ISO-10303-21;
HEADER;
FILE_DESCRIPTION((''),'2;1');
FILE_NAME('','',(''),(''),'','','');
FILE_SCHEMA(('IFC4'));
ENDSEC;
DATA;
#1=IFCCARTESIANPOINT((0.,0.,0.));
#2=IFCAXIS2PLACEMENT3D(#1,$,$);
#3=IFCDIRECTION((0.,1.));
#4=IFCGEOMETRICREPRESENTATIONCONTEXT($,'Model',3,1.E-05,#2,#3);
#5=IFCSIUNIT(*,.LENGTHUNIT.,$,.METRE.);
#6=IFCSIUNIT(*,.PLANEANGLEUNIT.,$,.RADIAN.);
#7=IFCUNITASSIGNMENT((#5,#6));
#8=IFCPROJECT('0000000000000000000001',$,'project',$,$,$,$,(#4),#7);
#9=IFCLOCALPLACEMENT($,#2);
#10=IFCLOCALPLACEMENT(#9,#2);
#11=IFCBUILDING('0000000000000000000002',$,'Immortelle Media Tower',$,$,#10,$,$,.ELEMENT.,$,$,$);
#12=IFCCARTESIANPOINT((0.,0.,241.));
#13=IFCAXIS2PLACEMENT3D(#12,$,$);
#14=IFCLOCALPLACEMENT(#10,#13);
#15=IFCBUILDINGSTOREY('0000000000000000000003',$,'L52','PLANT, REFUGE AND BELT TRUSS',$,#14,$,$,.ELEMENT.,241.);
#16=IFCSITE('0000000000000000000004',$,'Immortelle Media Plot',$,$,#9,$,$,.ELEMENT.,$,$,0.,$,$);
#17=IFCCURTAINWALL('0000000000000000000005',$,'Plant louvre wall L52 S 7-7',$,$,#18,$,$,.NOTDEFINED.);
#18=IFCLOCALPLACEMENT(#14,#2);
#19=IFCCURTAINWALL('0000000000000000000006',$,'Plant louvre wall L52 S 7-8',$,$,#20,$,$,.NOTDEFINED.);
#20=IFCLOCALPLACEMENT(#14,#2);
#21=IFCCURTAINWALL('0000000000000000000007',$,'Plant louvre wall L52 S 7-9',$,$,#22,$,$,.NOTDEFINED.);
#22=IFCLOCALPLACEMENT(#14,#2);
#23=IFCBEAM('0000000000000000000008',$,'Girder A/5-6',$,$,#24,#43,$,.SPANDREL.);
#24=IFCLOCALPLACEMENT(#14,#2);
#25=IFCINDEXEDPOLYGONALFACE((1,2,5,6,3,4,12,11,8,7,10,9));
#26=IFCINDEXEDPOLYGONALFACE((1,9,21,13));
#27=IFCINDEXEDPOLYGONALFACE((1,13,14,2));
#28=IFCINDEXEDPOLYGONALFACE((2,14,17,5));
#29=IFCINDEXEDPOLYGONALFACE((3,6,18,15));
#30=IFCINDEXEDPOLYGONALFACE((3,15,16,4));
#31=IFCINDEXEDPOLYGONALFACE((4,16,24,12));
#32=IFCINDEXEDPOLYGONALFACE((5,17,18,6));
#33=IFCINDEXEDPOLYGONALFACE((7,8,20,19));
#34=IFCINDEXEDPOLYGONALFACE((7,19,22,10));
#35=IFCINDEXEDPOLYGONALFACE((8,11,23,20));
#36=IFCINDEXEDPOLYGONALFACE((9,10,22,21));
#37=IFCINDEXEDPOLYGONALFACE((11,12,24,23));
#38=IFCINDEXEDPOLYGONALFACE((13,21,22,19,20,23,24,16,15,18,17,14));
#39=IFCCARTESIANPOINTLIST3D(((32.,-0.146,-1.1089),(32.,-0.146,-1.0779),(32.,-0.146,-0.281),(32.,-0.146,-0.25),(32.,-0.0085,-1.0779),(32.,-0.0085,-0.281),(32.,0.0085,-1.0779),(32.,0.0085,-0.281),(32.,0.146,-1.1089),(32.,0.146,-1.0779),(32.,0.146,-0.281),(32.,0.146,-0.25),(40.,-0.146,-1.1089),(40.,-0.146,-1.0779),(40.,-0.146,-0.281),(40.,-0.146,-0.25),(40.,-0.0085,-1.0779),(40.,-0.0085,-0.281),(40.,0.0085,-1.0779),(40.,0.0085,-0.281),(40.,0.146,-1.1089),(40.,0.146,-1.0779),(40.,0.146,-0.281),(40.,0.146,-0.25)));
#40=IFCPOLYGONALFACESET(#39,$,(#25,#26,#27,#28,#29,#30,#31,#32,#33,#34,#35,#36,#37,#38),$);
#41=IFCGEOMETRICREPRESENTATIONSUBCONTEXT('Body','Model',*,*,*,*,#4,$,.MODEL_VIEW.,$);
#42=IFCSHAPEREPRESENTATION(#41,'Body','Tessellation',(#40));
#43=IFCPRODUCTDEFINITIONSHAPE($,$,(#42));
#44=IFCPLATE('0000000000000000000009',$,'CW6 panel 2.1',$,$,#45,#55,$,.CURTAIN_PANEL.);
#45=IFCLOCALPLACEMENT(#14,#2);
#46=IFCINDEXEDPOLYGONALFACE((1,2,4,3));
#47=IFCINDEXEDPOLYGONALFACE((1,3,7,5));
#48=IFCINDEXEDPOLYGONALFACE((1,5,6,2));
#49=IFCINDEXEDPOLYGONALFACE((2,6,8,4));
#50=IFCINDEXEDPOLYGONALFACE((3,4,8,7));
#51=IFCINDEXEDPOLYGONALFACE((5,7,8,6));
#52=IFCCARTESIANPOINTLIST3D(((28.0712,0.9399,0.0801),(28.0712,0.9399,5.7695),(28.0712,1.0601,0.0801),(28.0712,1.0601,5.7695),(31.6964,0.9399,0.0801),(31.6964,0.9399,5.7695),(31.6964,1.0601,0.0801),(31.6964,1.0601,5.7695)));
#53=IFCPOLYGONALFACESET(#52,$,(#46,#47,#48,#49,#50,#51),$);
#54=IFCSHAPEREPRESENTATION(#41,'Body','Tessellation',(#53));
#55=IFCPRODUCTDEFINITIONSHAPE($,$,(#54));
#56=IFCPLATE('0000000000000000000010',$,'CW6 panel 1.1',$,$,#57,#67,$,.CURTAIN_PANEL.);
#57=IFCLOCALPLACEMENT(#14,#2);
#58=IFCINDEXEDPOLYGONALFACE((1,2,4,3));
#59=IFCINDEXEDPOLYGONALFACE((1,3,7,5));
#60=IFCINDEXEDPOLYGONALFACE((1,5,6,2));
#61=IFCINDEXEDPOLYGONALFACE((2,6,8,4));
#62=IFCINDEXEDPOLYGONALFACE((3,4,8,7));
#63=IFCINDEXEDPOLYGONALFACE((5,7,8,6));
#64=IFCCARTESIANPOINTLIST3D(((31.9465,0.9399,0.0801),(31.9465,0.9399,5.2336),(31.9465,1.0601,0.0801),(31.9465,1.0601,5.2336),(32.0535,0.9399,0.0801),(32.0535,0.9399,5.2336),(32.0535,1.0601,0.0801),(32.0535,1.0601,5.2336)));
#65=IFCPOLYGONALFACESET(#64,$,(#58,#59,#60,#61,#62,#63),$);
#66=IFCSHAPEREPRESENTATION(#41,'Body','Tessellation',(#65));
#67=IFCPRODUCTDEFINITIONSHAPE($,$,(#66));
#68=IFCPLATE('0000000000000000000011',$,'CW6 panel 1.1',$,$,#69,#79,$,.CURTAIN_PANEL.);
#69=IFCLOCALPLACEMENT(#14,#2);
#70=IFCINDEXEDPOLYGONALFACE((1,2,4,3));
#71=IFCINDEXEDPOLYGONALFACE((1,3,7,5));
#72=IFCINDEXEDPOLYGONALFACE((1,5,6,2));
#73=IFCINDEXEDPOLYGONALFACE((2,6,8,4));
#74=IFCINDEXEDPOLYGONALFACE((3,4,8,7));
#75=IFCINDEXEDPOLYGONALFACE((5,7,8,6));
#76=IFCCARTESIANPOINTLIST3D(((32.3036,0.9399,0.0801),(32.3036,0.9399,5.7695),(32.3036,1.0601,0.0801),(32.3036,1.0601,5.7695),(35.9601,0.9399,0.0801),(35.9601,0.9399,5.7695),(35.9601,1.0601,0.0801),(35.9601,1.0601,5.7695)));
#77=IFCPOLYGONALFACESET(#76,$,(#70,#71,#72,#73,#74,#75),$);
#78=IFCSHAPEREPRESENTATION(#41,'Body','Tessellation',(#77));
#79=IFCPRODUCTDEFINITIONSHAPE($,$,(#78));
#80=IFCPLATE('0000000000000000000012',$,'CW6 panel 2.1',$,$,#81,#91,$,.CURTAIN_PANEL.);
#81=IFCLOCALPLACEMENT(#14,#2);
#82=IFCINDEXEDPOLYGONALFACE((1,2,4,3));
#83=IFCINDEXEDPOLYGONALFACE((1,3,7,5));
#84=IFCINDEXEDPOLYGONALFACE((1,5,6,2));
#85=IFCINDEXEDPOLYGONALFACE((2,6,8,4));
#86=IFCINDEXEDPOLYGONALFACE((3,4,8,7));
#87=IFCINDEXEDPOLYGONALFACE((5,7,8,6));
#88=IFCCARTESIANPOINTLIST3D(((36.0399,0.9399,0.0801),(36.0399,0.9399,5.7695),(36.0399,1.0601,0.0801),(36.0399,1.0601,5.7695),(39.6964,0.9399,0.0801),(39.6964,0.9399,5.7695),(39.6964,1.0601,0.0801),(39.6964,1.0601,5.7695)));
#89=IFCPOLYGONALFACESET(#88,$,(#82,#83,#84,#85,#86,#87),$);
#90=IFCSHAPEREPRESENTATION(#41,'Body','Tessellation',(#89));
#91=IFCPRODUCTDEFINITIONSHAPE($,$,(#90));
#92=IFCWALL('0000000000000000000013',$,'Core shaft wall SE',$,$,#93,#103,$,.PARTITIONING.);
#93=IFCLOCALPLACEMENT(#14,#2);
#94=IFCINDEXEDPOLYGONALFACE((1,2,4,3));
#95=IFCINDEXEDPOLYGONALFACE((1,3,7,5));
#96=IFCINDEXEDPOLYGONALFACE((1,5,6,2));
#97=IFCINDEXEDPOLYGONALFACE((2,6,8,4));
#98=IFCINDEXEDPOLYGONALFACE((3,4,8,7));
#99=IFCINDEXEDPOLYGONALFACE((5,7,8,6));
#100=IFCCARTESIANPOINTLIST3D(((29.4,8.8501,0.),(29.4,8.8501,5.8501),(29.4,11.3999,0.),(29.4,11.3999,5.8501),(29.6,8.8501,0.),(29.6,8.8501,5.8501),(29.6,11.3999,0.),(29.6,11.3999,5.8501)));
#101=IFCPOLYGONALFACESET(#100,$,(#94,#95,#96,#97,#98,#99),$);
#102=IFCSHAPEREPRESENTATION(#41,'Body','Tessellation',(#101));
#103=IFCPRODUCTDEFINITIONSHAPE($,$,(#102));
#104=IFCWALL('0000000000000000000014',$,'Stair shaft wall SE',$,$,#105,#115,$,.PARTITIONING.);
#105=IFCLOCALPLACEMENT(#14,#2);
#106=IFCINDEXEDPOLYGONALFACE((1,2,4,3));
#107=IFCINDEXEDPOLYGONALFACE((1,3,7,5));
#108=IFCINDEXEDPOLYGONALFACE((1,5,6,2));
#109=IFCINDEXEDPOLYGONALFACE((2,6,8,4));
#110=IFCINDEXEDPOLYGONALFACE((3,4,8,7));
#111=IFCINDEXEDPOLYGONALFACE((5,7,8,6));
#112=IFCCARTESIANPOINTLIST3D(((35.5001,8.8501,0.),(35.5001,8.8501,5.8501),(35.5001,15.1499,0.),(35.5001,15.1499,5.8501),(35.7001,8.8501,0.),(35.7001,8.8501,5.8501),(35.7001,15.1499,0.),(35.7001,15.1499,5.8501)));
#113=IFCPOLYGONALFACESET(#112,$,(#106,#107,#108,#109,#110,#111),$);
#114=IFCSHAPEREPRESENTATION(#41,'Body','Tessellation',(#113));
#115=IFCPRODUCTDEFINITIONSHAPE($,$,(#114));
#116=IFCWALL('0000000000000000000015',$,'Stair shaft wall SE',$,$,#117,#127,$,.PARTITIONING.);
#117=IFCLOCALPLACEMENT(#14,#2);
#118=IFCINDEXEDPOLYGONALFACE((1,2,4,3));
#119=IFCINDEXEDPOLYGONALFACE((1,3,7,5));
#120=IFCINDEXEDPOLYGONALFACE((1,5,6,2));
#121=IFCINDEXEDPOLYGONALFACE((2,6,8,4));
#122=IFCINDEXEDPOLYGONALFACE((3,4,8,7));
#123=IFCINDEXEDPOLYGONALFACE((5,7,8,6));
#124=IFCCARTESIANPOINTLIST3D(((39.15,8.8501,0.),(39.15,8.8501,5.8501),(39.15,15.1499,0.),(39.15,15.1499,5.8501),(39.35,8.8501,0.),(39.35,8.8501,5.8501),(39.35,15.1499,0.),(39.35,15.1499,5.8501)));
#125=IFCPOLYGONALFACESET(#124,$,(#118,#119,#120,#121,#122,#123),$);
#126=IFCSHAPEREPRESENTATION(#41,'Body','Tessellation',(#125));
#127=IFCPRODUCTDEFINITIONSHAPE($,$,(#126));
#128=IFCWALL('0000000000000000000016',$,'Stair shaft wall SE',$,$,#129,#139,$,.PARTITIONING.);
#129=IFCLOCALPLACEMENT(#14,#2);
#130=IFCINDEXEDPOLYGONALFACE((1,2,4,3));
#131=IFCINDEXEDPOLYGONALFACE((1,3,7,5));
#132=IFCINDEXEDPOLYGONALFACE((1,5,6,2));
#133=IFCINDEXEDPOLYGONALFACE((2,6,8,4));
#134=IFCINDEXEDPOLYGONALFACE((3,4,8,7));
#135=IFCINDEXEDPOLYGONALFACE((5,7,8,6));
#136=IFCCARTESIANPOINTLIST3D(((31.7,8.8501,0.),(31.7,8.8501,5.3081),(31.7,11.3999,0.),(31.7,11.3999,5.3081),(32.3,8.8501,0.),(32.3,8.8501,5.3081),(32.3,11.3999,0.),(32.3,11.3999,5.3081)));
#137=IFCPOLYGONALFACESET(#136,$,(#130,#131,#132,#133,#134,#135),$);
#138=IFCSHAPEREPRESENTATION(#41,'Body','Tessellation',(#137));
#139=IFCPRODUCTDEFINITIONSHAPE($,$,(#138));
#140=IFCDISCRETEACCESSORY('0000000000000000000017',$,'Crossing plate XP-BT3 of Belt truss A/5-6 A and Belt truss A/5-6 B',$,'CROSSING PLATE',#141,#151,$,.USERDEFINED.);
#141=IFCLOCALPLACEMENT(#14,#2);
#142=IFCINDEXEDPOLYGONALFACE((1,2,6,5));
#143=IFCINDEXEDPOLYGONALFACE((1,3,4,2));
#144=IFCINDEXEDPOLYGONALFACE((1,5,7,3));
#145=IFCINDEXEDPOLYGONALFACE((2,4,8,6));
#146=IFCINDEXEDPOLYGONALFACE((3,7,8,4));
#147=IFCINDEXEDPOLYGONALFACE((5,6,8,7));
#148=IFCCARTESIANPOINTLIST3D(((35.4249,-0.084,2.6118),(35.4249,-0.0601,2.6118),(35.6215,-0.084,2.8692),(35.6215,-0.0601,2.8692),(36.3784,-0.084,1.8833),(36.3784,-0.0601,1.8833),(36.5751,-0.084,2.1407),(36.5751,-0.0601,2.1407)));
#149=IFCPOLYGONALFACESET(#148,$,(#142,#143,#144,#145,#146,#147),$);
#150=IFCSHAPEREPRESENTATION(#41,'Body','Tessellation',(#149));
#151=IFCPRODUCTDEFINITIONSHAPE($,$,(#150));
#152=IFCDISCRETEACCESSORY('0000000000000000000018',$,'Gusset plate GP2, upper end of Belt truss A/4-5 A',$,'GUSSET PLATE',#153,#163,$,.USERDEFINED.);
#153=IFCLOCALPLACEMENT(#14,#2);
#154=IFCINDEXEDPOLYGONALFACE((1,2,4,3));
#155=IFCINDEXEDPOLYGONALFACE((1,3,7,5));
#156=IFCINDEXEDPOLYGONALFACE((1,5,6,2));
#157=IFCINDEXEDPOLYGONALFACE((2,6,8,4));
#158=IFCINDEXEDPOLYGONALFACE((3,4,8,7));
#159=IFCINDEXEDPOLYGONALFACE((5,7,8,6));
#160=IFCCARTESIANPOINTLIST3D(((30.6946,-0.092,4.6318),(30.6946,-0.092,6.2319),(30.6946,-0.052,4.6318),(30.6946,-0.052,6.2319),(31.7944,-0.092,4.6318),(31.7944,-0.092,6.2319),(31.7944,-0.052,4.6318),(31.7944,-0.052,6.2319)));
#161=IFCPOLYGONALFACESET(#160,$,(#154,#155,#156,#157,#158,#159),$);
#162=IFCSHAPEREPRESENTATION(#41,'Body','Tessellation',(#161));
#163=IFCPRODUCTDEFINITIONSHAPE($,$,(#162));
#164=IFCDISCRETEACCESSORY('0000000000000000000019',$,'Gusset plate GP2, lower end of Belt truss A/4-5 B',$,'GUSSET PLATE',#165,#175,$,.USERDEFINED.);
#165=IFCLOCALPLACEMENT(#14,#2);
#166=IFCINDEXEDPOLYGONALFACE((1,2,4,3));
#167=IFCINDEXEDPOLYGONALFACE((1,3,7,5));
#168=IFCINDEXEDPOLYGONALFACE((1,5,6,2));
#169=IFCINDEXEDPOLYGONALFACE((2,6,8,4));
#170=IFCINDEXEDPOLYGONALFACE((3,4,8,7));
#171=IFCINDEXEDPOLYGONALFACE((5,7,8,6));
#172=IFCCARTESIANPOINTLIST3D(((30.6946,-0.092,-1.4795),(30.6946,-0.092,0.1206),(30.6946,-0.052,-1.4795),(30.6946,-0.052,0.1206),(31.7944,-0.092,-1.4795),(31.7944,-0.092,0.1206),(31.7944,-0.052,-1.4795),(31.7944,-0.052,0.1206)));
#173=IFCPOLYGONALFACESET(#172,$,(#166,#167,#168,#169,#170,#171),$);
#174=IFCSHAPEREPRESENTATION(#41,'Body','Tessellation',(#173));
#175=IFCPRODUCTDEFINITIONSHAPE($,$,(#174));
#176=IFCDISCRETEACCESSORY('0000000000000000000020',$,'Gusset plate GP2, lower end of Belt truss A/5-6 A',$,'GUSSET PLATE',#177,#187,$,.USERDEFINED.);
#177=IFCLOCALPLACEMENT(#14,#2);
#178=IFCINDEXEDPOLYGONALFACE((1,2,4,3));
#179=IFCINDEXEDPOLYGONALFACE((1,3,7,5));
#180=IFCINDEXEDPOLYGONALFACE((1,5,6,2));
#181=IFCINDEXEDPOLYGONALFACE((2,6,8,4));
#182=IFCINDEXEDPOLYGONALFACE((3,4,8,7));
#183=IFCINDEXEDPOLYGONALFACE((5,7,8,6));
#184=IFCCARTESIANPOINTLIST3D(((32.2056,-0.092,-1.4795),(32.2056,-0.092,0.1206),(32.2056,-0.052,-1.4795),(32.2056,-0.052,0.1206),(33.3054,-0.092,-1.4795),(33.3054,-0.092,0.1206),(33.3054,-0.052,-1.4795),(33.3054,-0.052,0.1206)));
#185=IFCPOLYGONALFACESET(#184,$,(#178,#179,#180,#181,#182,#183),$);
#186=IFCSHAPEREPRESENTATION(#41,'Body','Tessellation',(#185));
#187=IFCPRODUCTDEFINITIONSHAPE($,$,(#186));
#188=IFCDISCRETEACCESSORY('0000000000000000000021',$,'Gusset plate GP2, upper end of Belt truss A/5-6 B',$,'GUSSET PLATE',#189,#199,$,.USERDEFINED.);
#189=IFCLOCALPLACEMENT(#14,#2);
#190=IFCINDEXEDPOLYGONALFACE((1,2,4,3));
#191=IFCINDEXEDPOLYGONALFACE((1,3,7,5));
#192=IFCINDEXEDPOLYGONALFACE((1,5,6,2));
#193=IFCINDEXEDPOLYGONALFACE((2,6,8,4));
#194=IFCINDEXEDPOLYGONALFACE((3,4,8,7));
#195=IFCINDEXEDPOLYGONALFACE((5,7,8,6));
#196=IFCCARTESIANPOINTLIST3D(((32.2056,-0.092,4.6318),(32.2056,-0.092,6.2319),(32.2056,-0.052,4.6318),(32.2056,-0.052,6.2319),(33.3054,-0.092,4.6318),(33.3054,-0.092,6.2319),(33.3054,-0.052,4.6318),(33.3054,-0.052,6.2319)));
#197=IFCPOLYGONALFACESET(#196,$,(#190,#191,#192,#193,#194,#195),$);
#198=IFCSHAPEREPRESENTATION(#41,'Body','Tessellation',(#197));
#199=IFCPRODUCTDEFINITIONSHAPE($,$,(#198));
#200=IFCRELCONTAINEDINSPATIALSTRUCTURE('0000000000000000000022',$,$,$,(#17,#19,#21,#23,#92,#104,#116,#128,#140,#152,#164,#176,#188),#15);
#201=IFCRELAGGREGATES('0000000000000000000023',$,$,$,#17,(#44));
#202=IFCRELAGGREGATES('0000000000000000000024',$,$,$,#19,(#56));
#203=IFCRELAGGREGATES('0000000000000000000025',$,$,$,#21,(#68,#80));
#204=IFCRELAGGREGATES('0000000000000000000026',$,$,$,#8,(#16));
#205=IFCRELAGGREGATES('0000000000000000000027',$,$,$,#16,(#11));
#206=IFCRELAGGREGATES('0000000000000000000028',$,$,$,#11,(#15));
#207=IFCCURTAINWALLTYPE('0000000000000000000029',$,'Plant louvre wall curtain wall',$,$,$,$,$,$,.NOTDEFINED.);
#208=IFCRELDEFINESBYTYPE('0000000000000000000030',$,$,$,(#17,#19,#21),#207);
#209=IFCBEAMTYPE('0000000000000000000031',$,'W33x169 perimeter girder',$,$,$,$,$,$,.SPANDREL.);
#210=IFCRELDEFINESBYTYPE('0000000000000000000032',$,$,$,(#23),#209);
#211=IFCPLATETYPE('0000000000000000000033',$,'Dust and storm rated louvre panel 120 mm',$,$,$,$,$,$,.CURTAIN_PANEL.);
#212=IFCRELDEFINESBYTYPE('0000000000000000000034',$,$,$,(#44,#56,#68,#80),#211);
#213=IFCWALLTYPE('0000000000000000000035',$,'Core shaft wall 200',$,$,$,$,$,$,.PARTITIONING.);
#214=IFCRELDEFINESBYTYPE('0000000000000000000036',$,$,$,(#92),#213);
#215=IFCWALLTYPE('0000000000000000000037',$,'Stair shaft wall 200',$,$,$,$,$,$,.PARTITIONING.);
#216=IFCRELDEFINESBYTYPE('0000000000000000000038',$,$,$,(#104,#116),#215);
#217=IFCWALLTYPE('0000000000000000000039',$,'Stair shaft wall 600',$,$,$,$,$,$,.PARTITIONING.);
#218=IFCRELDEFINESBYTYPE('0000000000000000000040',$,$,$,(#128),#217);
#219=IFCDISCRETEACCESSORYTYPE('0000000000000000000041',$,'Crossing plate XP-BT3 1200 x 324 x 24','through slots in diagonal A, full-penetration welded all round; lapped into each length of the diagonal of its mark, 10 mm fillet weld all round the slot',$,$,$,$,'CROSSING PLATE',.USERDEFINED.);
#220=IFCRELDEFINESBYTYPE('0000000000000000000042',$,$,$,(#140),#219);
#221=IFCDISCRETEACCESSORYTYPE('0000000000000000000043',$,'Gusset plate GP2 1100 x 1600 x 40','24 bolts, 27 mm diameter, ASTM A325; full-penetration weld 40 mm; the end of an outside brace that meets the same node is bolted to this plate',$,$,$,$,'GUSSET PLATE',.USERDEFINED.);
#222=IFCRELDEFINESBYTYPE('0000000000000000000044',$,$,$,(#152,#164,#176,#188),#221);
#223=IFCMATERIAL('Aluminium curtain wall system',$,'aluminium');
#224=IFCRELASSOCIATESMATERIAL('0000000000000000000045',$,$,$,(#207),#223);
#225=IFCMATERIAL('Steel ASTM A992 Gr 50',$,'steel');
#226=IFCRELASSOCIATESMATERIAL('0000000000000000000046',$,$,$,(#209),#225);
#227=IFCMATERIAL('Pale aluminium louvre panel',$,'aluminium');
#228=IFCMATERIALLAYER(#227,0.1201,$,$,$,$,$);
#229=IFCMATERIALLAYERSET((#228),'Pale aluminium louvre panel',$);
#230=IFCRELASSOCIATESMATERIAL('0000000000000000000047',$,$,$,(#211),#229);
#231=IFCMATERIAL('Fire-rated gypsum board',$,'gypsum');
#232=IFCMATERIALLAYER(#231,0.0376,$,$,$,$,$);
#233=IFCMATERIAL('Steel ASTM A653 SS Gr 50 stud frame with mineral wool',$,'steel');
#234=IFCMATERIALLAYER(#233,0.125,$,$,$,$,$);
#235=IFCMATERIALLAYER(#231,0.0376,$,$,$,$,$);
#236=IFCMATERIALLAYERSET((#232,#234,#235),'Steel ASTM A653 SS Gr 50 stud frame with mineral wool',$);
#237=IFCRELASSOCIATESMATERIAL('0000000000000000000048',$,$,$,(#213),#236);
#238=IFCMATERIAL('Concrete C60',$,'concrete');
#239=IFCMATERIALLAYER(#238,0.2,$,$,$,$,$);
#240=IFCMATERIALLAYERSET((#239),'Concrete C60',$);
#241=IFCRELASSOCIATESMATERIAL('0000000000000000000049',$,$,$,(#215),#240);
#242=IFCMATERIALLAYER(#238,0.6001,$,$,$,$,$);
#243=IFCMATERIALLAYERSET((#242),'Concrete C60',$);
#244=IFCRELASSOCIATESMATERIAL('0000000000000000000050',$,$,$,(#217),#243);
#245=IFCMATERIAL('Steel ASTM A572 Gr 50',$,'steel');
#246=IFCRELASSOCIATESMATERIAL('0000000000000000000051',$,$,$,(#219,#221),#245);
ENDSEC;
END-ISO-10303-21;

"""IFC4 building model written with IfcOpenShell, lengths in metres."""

from ifc_helpers import new_model, si_unit, direction, frame, frame_2d, origin, origin_2d, place, context, subcontext, project, spatial, rectangle, i_section, extrude, material, layer, layer_set, material_profile, profile_set, type_object, element, aggregate, save


model = new_model("IFC4")

# Units and contexts
model_context = context("Model", 3, precision=1e-05, world=origin(), true_north=direction((0.0, 1.0)))
body_context = subcontext(model_context, "Body", "Model", "MODEL_VIEW")
ifc_project = project(units=[si_unit("LENGTHUNIT", "METRE"), si_unit("PLANEANGLEUNIT", "RADIAN")], contexts=[model_context])

# Site, building, storey
site_placement = place(None, origin())
site = spatial("IfcSite", under=ifc_project, at=site_placement, Name="Immortelle Media Plot", CompositionType="ELEMENT", RefElevation=0.0)
building_placement = place(site_placement, origin())
building = spatial("IfcBuilding", under=site, at=building_placement, Name="Immortelle Media Tower", CompositionType="ELEMENT")
storey_placement = place(building_placement, frame((0.0, 0.0, 241.0)))
storey = spatial("IfcBuildingStorey", under=building, at=storey_placement, Name="L52", Description="PLANT, REFUGE AND BELT TRUSS", CompositionType="ELEMENT", Elevation=241.0)

# Shared definitions
ifc_material_1 = material(Name="Steel ASTM A992 Gr 50", Category="steel")

# Curtain wall
ifc_material_2 = material(Name="Aluminium curtain wall system", Category="aluminium")
curtain_wall_type = type_object("IfcCurtainWallType", Name="Plant louvre wall curtain wall", PredefinedType="NOTDEFINED", material=ifc_material_2)
curtain_wall_1_placement = place(storey_placement, origin())
curtain_wall_1 = element("IfcCurtainWall", 1, at=curtain_wall_1_placement, inside=storey, type_object=curtain_wall_type, Name="Plant louvre wall L52 S 7-7", PredefinedType="NOTDEFINED")

# Curtain walls
curtain_wall_2_placement = place(storey_placement, origin())
curtain_wall_2 = element("IfcCurtainWall", 2, at=curtain_wall_2_placement, inside=storey, type_object=curtain_wall_type, Name="Plant louvre wall L52 S 7-8", PredefinedType="NOTDEFINED")
curtain_wall_3_placement = place(storey_placement, origin())
curtain_wall_3 = element("IfcCurtainWall", 3, at=curtain_wall_3_placement, inside=storey, type_object=curtain_wall_type, Name="Plant louvre wall L52 S 7-9", PredefinedType="NOTDEFINED")

# Beam
ifc_material_profile_1 = material_profile(ifc_material_1, i_section(OverallWidth=0.292, OverallDepth=0.8589, WebThickness=0.0171, FlangeThickness=0.031, at=origin_2d()), Name="W33x169")
ifc_profile_set_1 = profile_set([ifc_material_profile_1], Name="Steel ASTM A992 Gr 50")
beam_type_1 = type_object("IfcBeamType", Name="W33x169 perimeter girder", PredefinedType="SPANDREL", material=ifc_profile_set_1)
beam_1_placement = place(storey_placement, frame((32.0, 0.0, -0.6794), z_axis=(1.0, 0.0, 0.0), x_axis=(0.0, 1.0, 0.0)))
element("IfcBeam", 4, at=beam_1_placement, inside=storey, type_object=beam_type_1, Name="Girder A/5-6", PredefinedType="SPANDREL", context=body_context, shape_type="SweptSolid", body=[
    extrude(i_section(OverallWidth=0.292, OverallDepth=0.8589, WebThickness=0.0171, FlangeThickness=0.031, at=origin_2d()), origin(), (0.0, 0.0, 1.0), 8.0),
])

# Plates
ifc_material_3 = material(Name="Pale aluminium louvre panel", Category="aluminium")
ifc_layer_1 = layer(ifc_material_3, 0.1201)
ifc_layer_set_1 = layer_set([ifc_layer_1], Name="Pale aluminium louvre panel")
plate_type = type_object("IfcPlateType", Name="Dust and storm rated louvre panel 120 mm", PredefinedType="CURTAIN_PANEL", material=ifc_layer_set_1)
plate_1_placement = place(storey_placement, frame((29.8838, 1.0, 0.0801), z_axis=(0.0, 0.0, 1.0), x_axis=(1.0, 0.0, 0.0)))
plate_1 = element("IfcPlate", 5, at=plate_1_placement, type_object=plate_type, Name="CW6 panel 2.1", PredefinedType="CURTAIN_PANEL", context=body_context, shape_type="SweptSolid", body=[
    extrude(rectangle(XDim=3.6252, YDim=0.1201, at=origin_2d()), origin(), (0.0, 0.0, 1.0), 5.6895),
])
aggregate(curtain_wall_1, [plate_1])
plate_2_placement = place(storey_placement, frame((32.0, 1.0, 0.0801), z_axis=(0.0, 0.0, 1.0), x_axis=(1.0, 0.0, 0.0)))
plate_2 = element("IfcPlate", 6, at=plate_2_placement, type_object=plate_type, Name="CW6 panel 1.1", PredefinedType="CURTAIN_PANEL", context=body_context, shape_type="SweptSolid", body=[
    extrude(rectangle(XDim=0.1069, YDim=0.1201, at=origin_2d()), origin(), (0.0, 0.0, 1.0), 5.1536),
])
aggregate(curtain_wall_2, [plate_2])
plate_3_placement = place(storey_placement, frame((34.1318, 1.0, 0.0801), z_axis=(0.0, 0.0, 1.0), x_axis=(1.0, 0.0, 0.0)))
plate_3 = element("IfcPlate", 7, at=plate_3_placement, type_object=plate_type, Name="CW6 panel 1.1", PredefinedType="CURTAIN_PANEL", context=body_context, shape_type="SweptSolid", body=[
    extrude(rectangle(XDim=3.6565, YDim=0.1201, at=origin_2d()), origin(), (0.0, 0.0, 1.0), 5.6895),
])
plate_4_placement = place(storey_placement, frame((37.8682, 1.0, 0.0801), z_axis=(0.0, 0.0, 1.0), x_axis=(1.0, 0.0, 0.0)))
plate_4 = element("IfcPlate", 8, at=plate_4_placement, type_object=plate_type, Name="CW6 panel 2.1", PredefinedType="CURTAIN_PANEL", context=body_context, shape_type="SweptSolid", body=[
    extrude(rectangle(XDim=3.6565, YDim=0.1201, at=origin_2d()), origin(), (0.0, 0.0, 1.0), 5.6895),
])
aggregate(curtain_wall_3, [plate_3, plate_4])

# Walls
ifc_material_4 = material(Name="Fire-rated gypsum board", Category="gypsum")
ifc_layer_2 = layer(ifc_material_4, 0.0376)
ifc_material_5 = material(Name="Steel ASTM A653 SS Gr 50 stud frame with mineral wool", Category="steel")
ifc_layer_3 = layer(ifc_material_5, 0.125)
ifc_layer_4 = layer(ifc_material_4, 0.0376)
ifc_layer_set_2 = layer_set([ifc_layer_2, ifc_layer_3, ifc_layer_4], Name="Steel ASTM A653 SS Gr 50 stud frame with mineral wool")
wall_type_1 = type_object("IfcWallType", Name="Core shaft wall 200", PredefinedType="PARTITIONING", material=ifc_layer_set_2)
wall_1_placement = place(storey_placement, frame((29.5, 8.8501, 0.0), z_axis=(0.0, 0.0, 1.0), x_axis=(0.0, 1.0, 0.0)))
element("IfcWall", 9, at=wall_1_placement, inside=storey, type_object=wall_type_1, Name="Core shaft wall SE", PredefinedType="PARTITIONING", context=body_context, shape_type="SweptSolid", body=[
    extrude(rectangle(XDim=2.5498, YDim=0.2, at=frame_2d((1.2749, 0.0))), origin(), (0.0, 0.0, 1.0), 5.8501),
])
ifc_material_6 = material(Name="Concrete C60", Category="concrete")
ifc_layer_5 = layer(ifc_material_6, 0.2)
ifc_layer_set_3 = layer_set([ifc_layer_5], Name="Concrete C60")
wall_type_2 = type_object("IfcWallType", Name="Stair shaft wall 200", PredefinedType="PARTITIONING", material=ifc_layer_set_3)
for number, where, z_axis, x_axis, name in (
    (10, (35.6001, 8.8501, 0.0), (0.0, 0.0, 1.0), (0.0, 1.0, 0.0), "Stair shaft wall SE"),
    (11, (39.25, 8.8501, 0.0), (0.0, 0.0, 1.0), (0.0, 1.0, 0.0), "Stair shaft wall SE"),
):
    element("IfcWall", number, at=place(storey_placement, frame(where, z_axis=z_axis, x_axis=x_axis)), inside=storey, type_object=wall_type_2, Name=name, PredefinedType="PARTITIONING", context=body_context, shape_type="SweptSolid", body=[
        extrude(rectangle(XDim=6.2998, YDim=0.2, at=frame_2d((3.1499, 0.0))), origin(), (0.0, 0.0, 1.0), 5.8501),
    ])
ifc_layer_6 = layer(ifc_material_6, 0.6001)
ifc_layer_set_4 = layer_set([ifc_layer_6], Name="Concrete C60")
wall_type_3 = type_object("IfcWallType", Name="Stair shaft wall 600", PredefinedType="PARTITIONING", material=ifc_layer_set_4)
wall_2_placement = place(storey_placement, frame((32.0, 8.8501, 0.0), z_axis=(0.0, 0.0, 1.0), x_axis=(0.0, 1.0, 0.0)))
element("IfcWall", 12, at=wall_2_placement, inside=storey, type_object=wall_type_3, Name="Stair shaft wall SE", PredefinedType="PARTITIONING", context=body_context, shape_type="SweptSolid", body=[
    extrude(rectangle(XDim=2.5498, YDim=0.6001, at=frame_2d((1.2749, 0.0))), origin(), (0.0, 0.0, 1.0), 5.3081),
])

# Discrete accessories
ifc_material_7 = material(Name="Steel ASTM A572 Gr 50", Category="steel")
ifc_material_profile_2 = material_profile(ifc_material_7, rectangle(XDim=0.0239, YDim=0.324, at=origin_2d()), Name="PL 24 x 324")
ifc_profile_set_2 = profile_set([ifc_material_profile_2], Name="Steel ASTM A572 Gr 50")
discrete_accessory_type_1 = type_object("IfcDiscreteAccessoryType", Name="Crossing plate XP-BT3 1200 x 324 x 24", Description="through slots in diagonal A, full-penetration welded all round; lapped into each length of the diagonal of its mark, 10 mm fillet weld all round the slot", ElementType="CROSSING PLATE", PredefinedType="USERDEFINED", material=ifc_profile_set_2)
discrete_accessory_placement = place(storey_placement, frame((35.5232, -0.072, 2.7405), z_axis=(0.794646, 0.0, -0.607072), x_axis=(0.0, 1.0, 0.0)))
element("IfcDiscreteAccessory", 13, at=discrete_accessory_placement, inside=storey, type_object=discrete_accessory_type_1, Name="Crossing plate XP-BT3 of Belt truss A/5-6 A and Belt truss A/5-6 B", ObjectType="CROSSING PLATE", PredefinedType="USERDEFINED", context=body_context, shape_type="SweptSolid", body=[
    extrude(rectangle(XDim=0.0239, YDim=0.324, at=origin_2d()), origin(), (0.0, 0.0, 1.0), 1.2),
])
ifc_material_profile_3 = material_profile(ifc_material_7, rectangle(XDim=0.04, YDim=1.6001, at=origin_2d()), Name="PL 40 x 1600")
ifc_profile_set_3 = profile_set([ifc_material_profile_3], Name="Steel ASTM A572 Gr 50")
discrete_accessory_type_2 = type_object("IfcDiscreteAccessoryType", Name="Gusset plate GP2 1100 x 1600 x 40", Description="24 bolts, 27 mm diameter, ASTM A325; full-penetration weld 40 mm; the end of an outside brace that meets the same node is bolted to this plate", ElementType="GUSSET PLATE", PredefinedType="USERDEFINED", material=ifc_profile_set_3)
for number, where, z_axis, x_axis, name in (
    (14, (31.7944, -0.072, 5.4319), (-1.0, 0.0, 0.0), (0.0, -1.0, 0.0), "Gusset plate GP2, upper end of Belt truss A/4-5 A"),
    (15, (31.7944, -0.072, -0.6794), (-1.0, 0.0, 0.0), (0.0, -1.0, 0.0), "Gusset plate GP2, lower end of Belt truss A/4-5 B"),
    (16, (32.2056, -0.072, -0.6794), (1.0, 0.0, 0.0), (0.0, 1.0, 0.0), "Gusset plate GP2, lower end of Belt truss A/5-6 A"),
    (17, (32.2056, -0.072, 5.4319), (1.0, 0.0, 0.0), (0.0, 1.0, 0.0), "Gusset plate GP2, upper end of Belt truss A/5-6 B"),
):
    element("IfcDiscreteAccessory", number, at=place(storey_placement, frame(where, z_axis=z_axis, x_axis=x_axis)), inside=storey, type_object=discrete_accessory_type_2, Name=name, ObjectType="GUSSET PLATE", PredefinedType="USERDEFINED", context=body_context, shape_type="SweptSolid", body=[
        extrude(rectangle(XDim=0.04, YDim=1.6001, at=origin_2d()), origin(), (0.0, 0.0, 1.0), 1.0999),
    ])

save(model, "model.ifc")
